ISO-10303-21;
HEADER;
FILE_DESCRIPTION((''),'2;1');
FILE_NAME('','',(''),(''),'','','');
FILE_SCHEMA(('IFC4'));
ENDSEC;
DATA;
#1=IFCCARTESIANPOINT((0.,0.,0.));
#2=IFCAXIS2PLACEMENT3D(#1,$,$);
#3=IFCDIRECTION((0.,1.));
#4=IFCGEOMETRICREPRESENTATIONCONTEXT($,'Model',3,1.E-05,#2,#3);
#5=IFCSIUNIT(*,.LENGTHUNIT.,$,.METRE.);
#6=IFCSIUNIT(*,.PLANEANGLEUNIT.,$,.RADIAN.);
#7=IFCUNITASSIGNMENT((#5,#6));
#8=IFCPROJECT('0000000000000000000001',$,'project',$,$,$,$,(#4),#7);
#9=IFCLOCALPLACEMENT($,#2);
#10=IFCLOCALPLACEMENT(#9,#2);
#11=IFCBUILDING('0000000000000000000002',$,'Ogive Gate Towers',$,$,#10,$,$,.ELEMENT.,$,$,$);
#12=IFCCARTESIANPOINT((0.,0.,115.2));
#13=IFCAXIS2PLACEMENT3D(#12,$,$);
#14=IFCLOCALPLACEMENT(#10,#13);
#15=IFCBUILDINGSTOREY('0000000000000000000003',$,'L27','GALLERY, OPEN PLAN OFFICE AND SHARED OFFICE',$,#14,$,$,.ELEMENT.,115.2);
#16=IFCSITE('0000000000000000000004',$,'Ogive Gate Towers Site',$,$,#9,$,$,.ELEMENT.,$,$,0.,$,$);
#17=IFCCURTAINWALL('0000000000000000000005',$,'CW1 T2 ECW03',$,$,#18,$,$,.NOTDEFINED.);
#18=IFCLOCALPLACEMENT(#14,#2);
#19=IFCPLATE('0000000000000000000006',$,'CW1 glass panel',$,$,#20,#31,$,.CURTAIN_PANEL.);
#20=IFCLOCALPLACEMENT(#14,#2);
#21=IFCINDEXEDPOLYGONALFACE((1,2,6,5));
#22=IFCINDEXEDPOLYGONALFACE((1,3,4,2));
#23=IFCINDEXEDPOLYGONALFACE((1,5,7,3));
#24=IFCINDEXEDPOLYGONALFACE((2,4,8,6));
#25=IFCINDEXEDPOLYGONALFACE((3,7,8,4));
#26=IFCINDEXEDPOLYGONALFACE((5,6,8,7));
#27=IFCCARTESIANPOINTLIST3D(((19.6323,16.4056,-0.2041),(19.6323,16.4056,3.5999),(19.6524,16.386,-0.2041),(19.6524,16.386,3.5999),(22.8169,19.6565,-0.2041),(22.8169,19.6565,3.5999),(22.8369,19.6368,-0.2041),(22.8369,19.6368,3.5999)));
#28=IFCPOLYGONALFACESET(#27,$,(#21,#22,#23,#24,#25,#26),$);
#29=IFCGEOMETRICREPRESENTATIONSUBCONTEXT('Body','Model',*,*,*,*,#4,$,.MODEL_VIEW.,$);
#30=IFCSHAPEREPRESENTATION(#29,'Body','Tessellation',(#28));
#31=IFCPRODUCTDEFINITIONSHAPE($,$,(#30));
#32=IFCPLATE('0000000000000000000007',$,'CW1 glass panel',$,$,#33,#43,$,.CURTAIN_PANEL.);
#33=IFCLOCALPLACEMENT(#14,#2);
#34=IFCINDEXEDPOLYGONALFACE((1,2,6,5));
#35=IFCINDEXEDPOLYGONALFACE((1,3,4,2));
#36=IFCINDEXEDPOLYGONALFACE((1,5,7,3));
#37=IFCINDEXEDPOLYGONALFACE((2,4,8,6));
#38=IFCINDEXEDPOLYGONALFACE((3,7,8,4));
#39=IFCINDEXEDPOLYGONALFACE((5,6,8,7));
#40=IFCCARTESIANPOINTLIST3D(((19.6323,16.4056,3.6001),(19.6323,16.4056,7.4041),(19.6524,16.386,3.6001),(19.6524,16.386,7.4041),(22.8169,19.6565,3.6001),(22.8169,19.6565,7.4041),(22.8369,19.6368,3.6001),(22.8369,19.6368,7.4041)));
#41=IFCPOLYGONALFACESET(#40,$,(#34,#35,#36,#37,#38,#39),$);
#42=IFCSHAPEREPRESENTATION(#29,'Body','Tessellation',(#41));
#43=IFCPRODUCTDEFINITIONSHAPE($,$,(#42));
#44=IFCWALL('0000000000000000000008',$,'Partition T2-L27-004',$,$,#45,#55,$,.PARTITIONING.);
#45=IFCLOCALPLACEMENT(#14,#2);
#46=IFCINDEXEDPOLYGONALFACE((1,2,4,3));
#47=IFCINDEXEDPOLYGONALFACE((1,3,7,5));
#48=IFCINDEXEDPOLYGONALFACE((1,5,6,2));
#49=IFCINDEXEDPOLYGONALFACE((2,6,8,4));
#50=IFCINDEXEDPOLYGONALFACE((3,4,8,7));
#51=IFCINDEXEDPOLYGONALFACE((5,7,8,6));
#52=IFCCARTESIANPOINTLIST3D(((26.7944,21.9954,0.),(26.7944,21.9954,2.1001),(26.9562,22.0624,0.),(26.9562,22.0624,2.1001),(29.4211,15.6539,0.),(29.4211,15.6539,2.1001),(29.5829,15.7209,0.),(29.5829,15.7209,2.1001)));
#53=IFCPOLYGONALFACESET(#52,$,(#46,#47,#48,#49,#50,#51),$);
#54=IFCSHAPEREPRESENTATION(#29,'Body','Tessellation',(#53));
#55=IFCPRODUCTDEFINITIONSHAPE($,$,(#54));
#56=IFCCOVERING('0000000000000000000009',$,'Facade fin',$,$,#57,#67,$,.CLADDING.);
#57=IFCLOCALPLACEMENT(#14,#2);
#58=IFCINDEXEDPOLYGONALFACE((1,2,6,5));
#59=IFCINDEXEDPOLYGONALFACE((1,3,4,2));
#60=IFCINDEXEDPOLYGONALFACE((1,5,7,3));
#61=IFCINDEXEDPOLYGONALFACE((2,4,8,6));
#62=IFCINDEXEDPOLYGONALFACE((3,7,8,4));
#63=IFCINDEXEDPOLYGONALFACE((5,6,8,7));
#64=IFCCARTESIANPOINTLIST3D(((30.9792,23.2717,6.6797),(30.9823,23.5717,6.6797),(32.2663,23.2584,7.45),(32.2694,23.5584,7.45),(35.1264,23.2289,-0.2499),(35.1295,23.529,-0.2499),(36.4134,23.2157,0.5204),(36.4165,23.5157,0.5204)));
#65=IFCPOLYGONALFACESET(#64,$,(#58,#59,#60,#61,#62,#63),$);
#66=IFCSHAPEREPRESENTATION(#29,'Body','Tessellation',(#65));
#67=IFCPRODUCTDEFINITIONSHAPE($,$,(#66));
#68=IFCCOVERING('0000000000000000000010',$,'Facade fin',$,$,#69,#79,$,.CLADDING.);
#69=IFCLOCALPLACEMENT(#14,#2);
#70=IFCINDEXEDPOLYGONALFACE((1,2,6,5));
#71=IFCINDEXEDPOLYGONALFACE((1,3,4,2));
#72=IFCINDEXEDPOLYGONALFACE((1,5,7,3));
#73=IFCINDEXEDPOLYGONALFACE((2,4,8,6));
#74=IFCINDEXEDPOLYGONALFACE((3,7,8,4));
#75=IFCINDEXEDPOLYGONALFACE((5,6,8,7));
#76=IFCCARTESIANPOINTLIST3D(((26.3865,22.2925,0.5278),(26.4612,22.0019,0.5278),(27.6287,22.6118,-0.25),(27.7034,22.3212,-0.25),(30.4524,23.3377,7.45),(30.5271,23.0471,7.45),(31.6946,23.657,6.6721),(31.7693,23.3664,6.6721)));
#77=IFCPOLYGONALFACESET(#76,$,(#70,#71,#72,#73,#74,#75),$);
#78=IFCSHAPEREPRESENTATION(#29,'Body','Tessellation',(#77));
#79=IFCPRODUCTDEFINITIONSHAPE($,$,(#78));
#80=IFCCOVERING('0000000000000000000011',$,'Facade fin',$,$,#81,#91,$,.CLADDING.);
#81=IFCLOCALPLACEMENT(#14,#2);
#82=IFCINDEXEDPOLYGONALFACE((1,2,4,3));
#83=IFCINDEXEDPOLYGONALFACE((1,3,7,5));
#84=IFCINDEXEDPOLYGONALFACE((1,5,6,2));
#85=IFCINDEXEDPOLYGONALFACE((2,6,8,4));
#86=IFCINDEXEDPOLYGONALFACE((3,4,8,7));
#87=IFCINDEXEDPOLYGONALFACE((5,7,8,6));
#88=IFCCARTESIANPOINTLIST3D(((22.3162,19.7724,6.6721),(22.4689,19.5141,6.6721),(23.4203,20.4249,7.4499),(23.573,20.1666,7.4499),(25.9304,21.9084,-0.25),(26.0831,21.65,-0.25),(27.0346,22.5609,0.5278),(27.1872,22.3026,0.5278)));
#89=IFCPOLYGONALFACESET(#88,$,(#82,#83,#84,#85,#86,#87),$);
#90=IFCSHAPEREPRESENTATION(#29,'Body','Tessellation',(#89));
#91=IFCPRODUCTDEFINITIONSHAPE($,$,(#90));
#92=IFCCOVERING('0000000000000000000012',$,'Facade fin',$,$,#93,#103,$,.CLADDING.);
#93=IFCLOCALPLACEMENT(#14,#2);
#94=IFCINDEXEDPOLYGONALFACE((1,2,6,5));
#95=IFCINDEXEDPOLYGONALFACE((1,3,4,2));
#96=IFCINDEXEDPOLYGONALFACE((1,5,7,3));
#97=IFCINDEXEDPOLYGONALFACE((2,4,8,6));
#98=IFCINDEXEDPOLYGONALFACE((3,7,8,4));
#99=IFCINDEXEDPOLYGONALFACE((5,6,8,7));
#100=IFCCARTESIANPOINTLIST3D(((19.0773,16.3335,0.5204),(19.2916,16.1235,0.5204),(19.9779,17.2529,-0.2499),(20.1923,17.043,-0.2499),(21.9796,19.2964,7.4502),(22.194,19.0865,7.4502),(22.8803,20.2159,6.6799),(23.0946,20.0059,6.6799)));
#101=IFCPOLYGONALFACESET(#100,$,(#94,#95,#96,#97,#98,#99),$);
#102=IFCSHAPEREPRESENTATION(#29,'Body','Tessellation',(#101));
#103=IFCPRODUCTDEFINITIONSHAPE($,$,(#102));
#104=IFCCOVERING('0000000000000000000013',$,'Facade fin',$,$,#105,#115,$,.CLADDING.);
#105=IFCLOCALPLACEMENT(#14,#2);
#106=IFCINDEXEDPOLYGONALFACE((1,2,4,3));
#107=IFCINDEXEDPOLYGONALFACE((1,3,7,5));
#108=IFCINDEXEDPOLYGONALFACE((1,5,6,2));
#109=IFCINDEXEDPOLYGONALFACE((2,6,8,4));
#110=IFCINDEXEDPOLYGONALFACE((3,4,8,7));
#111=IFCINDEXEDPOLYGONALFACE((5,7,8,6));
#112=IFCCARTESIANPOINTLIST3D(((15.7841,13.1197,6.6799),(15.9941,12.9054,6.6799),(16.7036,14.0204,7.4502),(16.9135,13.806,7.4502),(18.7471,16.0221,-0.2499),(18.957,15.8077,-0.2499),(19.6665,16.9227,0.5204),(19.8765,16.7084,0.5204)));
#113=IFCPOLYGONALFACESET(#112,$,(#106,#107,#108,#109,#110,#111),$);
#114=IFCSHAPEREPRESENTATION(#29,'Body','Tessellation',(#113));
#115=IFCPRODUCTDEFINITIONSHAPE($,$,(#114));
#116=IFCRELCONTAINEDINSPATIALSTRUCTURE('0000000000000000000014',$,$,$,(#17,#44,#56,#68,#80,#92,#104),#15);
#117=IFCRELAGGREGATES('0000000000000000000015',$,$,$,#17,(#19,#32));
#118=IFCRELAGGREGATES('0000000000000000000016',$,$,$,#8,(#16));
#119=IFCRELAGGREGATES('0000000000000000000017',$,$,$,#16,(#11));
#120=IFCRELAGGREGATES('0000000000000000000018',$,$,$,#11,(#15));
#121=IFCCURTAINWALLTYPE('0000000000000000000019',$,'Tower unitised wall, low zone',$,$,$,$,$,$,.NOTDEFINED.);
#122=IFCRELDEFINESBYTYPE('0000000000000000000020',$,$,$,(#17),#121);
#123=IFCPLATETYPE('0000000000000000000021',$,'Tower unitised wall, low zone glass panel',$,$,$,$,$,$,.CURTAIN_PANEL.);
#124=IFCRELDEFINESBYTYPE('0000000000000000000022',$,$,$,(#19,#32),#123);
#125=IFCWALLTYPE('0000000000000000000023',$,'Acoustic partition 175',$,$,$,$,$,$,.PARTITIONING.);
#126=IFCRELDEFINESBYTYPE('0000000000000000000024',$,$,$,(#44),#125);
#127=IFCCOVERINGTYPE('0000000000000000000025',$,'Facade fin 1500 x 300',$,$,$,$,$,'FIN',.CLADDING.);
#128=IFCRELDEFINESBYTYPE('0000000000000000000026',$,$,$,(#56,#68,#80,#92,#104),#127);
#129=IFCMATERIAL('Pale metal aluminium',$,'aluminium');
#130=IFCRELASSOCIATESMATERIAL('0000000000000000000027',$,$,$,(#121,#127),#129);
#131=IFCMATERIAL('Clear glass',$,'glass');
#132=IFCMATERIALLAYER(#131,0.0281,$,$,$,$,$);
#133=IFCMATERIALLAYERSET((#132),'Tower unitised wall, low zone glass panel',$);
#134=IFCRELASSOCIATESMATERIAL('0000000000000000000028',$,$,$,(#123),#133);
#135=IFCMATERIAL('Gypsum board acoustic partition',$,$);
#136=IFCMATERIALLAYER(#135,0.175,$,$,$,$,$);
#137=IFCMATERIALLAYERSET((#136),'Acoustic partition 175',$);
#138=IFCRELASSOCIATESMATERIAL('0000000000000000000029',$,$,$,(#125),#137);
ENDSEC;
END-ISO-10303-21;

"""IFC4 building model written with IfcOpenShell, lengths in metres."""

from ifc_helpers import new_model, si_unit, direction, frame, frame_2d, origin, origin_2d, place, context, subcontext, project, spatial, rectangle, extrude, material, layer, layer_set, material_profile, profile_set, type_object, element, aggregate, save


model = new_model("IFC4")

# Units and contexts
model_context = context("Model", 3, precision=1e-05, world=origin(), true_north=direction((0.0, 1.0)))
body_context = subcontext(model_context, "Body", "Model", "MODEL_VIEW")
ifc_project = project(units=[si_unit("LENGTHUNIT", "METRE"), si_unit("PLANEANGLEUNIT", "RADIAN")], contexts=[model_context])

# Site, building, storey
site_placement = place(None, origin())
site = spatial("IfcSite", under=ifc_project, at=site_placement, Name="Ogive Gate Towers Site", CompositionType="ELEMENT", RefElevation=0.0)
building_placement = place(site_placement, origin())
building = spatial("IfcBuilding", under=site, at=building_placement, Name="Ogive Gate Towers", CompositionType="ELEMENT")
storey_placement = place(building_placement, frame((0.0, 0.0, 115.2)))
storey = spatial("IfcBuildingStorey", under=building, at=storey_placement, Name="L27", Description="GALLERY, OPEN PLAN OFFICE AND SHARED OFFICE", CompositionType="ELEMENT", Elevation=115.2)

# Shared definitions
ifc_material_1 = material(Name="Pale metal aluminium", Category="aluminium")
curtain_wall_type = type_object("IfcCurtainWallType", Name="Tower unitised wall, low zone", PredefinedType="NOTDEFINED", material=ifc_material_1)

# Curtain wall
curtain_wall_1_placement = place(storey_placement, origin())
curtain_wall_1 = element("IfcCurtainWall", 1, at=curtain_wall_1_placement, inside=storey, type_object=curtain_wall_type, Name="CW1 T2 ECW03", PredefinedType="NOTDEFINED")

# Plates
ifc_material_2 = material(Name="Clear glass", Category="glass")
ifc_layer_1 = layer(ifc_material_2, 0.0281)
ifc_layer_set_1 = layer_set([ifc_layer_1], Name="Tower unitised wall, low zone glass panel")
plate_type = type_object("IfcPlateType", Name="Tower unitised wall, low zone glass panel", PredefinedType="CURTAIN_PANEL", material=ifc_layer_set_1)
plate_1_placement = place(storey_placement, frame((21.2346, 18.0212, -0.2041), z_axis=(0.0, 0.0, 1.0), x_axis=(-0.699788, -0.714351, 0.0)))
plate_1 = element("IfcPlate", 2, at=plate_1_placement, type_object=plate_type, Name="CW1 glass panel", PredefinedType="CURTAIN_PANEL", context=body_context, shape_type="SweptSolid", body=[
    extrude(rectangle(XDim=4.5508, YDim=0.0281, at=origin_2d()), origin(), (0.0, 0.0, 1.0), 3.804),
])
plate_2_placement = place(storey_placement, frame((21.2346, 18.0212, 3.6001), z_axis=(0.0, 0.0, 1.0), x_axis=(-0.699788, -0.714351, 0.0)))
plate_2 = element("IfcPlate", 3, at=plate_2_placement, type_object=plate_type, Name="CW1 glass panel", PredefinedType="CURTAIN_PANEL", context=body_context, shape_type="SweptSolid", body=[
    extrude(rectangle(XDim=4.5508, YDim=0.0281, at=origin_2d()), origin(), (0.0, 0.0, 1.0), 3.804),
])
aggregate(curtain_wall_1, [plate_1, plate_2])

# Wall
ifc_material_3 = material(Name="Gypsum board acoustic partition")
ifc_layer_2 = layer(ifc_material_3, 0.175)
ifc_layer_set_2 = layer_set([ifc_layer_2], Name="Acoustic partition 175")
wall_type = type_object("IfcWallType", Name="Acoustic partition 175", PredefinedType="PARTITIONING", material=ifc_layer_set_2)
wall_placement = place(storey_placement, frame((26.8752, 22.0291, 0.0), z_axis=(0.0, 0.0, 1.0), x_axis=(0.382677, -0.923882, 0.0)))
element("IfcWall", 4, at=wall_placement, inside=storey, type_object=wall_type, Name="Partition T2-L27-004", PredefinedType="PARTITIONING", context=body_context, shape_type="SweptSolid", body=[
    extrude(rectangle(XDim=6.864, YDim=0.175, at=frame_2d((3.4321, 0.0))), origin(), (0.0, 0.0, 1.0), 2.1001),
])

# Coverings
ifc_material_profile_1 = material_profile(ifc_material_1, rectangle(XDim=0.3, YDim=1.5, at=origin_2d()), Name="1500 x 300 pale metal aluminium")
ifc_profile_set_1 = profile_set([ifc_material_profile_1], Name="Pale metal aluminium")
covering_type = type_object("IfcCoveringType", Name="Facade fin 1500 x 300", ElementType="FIN", PredefinedType="CLADDING", material=ifc_profile_set_1)
covering_placement = place(storey_placement, frame((35.7715, 23.3723, 0.1353), z_axis=(-0.513524, 0.00529, 0.858059), x_axis=(-0.010301, -0.999947, 0.0)))
element("IfcCovering", 5, at=covering_placement, inside=storey, type_object=covering_type, Name="Facade fin", PredefinedType="CLADDING", context=body_context, shape_type="SweptSolid", body=[
    extrude(rectangle(XDim=0.3, YDim=1.5, at=origin_2d()), origin(), (0.0, 0.0, 1.0), 8.0759),
])
for number, where, z_axis, x_axis, name in (
    (6, (27.0449, 22.3069, 0.1389), (0.502234, 0.129102, 0.85504), (-0.248962, 0.968513, 0.0), "Facade fin"),
    (7, (26.5588, 22.1055, 0.1389), (-0.446439, -0.263841, 0.855032), (0.50878, -0.860896, 0.0), "Facade fin"),
):
    element("IfcCovering", number, at=place(storey_placement, frame(where, z_axis=z_axis, x_axis=x_axis)), inside=storey, type_object=covering_type, Name=name, PredefinedType="CLADDING", context=body_context, shape_type="SweptSolid", body=[
        extrude(rectangle(XDim=0.3, YDim=1.5, at=origin_2d()), origin(), (0.0, 0.0, 1.0), 8.0957),
    ])
for number, where, z_axis, x_axis, name in (
    (8, (19.6348, 16.6882, 0.1353), (0.359376, 0.366873, 0.858052), (-0.714368, 0.69977, 0.0), "Facade fin"),
    (9, (19.3118, 16.3652, 0.1353), (-0.366873, -0.359376, 0.858052), (0.69977, -0.714368, 0.0), "Facade fin"),
):
    element("IfcCovering", number, at=place(storey_placement, frame(where, z_axis=z_axis, x_axis=x_axis)), inside=storey, type_object=covering_type, Name=name, PredefinedType="CLADDING", context=body_context, shape_type="SweptSolid", body=[
        extrude(rectangle(XDim=0.3, YDim=1.5, at=origin_2d()), origin(), (0.0, 0.0, 1.0), 8.0762),
    ])

save(model, "model.ifc")
